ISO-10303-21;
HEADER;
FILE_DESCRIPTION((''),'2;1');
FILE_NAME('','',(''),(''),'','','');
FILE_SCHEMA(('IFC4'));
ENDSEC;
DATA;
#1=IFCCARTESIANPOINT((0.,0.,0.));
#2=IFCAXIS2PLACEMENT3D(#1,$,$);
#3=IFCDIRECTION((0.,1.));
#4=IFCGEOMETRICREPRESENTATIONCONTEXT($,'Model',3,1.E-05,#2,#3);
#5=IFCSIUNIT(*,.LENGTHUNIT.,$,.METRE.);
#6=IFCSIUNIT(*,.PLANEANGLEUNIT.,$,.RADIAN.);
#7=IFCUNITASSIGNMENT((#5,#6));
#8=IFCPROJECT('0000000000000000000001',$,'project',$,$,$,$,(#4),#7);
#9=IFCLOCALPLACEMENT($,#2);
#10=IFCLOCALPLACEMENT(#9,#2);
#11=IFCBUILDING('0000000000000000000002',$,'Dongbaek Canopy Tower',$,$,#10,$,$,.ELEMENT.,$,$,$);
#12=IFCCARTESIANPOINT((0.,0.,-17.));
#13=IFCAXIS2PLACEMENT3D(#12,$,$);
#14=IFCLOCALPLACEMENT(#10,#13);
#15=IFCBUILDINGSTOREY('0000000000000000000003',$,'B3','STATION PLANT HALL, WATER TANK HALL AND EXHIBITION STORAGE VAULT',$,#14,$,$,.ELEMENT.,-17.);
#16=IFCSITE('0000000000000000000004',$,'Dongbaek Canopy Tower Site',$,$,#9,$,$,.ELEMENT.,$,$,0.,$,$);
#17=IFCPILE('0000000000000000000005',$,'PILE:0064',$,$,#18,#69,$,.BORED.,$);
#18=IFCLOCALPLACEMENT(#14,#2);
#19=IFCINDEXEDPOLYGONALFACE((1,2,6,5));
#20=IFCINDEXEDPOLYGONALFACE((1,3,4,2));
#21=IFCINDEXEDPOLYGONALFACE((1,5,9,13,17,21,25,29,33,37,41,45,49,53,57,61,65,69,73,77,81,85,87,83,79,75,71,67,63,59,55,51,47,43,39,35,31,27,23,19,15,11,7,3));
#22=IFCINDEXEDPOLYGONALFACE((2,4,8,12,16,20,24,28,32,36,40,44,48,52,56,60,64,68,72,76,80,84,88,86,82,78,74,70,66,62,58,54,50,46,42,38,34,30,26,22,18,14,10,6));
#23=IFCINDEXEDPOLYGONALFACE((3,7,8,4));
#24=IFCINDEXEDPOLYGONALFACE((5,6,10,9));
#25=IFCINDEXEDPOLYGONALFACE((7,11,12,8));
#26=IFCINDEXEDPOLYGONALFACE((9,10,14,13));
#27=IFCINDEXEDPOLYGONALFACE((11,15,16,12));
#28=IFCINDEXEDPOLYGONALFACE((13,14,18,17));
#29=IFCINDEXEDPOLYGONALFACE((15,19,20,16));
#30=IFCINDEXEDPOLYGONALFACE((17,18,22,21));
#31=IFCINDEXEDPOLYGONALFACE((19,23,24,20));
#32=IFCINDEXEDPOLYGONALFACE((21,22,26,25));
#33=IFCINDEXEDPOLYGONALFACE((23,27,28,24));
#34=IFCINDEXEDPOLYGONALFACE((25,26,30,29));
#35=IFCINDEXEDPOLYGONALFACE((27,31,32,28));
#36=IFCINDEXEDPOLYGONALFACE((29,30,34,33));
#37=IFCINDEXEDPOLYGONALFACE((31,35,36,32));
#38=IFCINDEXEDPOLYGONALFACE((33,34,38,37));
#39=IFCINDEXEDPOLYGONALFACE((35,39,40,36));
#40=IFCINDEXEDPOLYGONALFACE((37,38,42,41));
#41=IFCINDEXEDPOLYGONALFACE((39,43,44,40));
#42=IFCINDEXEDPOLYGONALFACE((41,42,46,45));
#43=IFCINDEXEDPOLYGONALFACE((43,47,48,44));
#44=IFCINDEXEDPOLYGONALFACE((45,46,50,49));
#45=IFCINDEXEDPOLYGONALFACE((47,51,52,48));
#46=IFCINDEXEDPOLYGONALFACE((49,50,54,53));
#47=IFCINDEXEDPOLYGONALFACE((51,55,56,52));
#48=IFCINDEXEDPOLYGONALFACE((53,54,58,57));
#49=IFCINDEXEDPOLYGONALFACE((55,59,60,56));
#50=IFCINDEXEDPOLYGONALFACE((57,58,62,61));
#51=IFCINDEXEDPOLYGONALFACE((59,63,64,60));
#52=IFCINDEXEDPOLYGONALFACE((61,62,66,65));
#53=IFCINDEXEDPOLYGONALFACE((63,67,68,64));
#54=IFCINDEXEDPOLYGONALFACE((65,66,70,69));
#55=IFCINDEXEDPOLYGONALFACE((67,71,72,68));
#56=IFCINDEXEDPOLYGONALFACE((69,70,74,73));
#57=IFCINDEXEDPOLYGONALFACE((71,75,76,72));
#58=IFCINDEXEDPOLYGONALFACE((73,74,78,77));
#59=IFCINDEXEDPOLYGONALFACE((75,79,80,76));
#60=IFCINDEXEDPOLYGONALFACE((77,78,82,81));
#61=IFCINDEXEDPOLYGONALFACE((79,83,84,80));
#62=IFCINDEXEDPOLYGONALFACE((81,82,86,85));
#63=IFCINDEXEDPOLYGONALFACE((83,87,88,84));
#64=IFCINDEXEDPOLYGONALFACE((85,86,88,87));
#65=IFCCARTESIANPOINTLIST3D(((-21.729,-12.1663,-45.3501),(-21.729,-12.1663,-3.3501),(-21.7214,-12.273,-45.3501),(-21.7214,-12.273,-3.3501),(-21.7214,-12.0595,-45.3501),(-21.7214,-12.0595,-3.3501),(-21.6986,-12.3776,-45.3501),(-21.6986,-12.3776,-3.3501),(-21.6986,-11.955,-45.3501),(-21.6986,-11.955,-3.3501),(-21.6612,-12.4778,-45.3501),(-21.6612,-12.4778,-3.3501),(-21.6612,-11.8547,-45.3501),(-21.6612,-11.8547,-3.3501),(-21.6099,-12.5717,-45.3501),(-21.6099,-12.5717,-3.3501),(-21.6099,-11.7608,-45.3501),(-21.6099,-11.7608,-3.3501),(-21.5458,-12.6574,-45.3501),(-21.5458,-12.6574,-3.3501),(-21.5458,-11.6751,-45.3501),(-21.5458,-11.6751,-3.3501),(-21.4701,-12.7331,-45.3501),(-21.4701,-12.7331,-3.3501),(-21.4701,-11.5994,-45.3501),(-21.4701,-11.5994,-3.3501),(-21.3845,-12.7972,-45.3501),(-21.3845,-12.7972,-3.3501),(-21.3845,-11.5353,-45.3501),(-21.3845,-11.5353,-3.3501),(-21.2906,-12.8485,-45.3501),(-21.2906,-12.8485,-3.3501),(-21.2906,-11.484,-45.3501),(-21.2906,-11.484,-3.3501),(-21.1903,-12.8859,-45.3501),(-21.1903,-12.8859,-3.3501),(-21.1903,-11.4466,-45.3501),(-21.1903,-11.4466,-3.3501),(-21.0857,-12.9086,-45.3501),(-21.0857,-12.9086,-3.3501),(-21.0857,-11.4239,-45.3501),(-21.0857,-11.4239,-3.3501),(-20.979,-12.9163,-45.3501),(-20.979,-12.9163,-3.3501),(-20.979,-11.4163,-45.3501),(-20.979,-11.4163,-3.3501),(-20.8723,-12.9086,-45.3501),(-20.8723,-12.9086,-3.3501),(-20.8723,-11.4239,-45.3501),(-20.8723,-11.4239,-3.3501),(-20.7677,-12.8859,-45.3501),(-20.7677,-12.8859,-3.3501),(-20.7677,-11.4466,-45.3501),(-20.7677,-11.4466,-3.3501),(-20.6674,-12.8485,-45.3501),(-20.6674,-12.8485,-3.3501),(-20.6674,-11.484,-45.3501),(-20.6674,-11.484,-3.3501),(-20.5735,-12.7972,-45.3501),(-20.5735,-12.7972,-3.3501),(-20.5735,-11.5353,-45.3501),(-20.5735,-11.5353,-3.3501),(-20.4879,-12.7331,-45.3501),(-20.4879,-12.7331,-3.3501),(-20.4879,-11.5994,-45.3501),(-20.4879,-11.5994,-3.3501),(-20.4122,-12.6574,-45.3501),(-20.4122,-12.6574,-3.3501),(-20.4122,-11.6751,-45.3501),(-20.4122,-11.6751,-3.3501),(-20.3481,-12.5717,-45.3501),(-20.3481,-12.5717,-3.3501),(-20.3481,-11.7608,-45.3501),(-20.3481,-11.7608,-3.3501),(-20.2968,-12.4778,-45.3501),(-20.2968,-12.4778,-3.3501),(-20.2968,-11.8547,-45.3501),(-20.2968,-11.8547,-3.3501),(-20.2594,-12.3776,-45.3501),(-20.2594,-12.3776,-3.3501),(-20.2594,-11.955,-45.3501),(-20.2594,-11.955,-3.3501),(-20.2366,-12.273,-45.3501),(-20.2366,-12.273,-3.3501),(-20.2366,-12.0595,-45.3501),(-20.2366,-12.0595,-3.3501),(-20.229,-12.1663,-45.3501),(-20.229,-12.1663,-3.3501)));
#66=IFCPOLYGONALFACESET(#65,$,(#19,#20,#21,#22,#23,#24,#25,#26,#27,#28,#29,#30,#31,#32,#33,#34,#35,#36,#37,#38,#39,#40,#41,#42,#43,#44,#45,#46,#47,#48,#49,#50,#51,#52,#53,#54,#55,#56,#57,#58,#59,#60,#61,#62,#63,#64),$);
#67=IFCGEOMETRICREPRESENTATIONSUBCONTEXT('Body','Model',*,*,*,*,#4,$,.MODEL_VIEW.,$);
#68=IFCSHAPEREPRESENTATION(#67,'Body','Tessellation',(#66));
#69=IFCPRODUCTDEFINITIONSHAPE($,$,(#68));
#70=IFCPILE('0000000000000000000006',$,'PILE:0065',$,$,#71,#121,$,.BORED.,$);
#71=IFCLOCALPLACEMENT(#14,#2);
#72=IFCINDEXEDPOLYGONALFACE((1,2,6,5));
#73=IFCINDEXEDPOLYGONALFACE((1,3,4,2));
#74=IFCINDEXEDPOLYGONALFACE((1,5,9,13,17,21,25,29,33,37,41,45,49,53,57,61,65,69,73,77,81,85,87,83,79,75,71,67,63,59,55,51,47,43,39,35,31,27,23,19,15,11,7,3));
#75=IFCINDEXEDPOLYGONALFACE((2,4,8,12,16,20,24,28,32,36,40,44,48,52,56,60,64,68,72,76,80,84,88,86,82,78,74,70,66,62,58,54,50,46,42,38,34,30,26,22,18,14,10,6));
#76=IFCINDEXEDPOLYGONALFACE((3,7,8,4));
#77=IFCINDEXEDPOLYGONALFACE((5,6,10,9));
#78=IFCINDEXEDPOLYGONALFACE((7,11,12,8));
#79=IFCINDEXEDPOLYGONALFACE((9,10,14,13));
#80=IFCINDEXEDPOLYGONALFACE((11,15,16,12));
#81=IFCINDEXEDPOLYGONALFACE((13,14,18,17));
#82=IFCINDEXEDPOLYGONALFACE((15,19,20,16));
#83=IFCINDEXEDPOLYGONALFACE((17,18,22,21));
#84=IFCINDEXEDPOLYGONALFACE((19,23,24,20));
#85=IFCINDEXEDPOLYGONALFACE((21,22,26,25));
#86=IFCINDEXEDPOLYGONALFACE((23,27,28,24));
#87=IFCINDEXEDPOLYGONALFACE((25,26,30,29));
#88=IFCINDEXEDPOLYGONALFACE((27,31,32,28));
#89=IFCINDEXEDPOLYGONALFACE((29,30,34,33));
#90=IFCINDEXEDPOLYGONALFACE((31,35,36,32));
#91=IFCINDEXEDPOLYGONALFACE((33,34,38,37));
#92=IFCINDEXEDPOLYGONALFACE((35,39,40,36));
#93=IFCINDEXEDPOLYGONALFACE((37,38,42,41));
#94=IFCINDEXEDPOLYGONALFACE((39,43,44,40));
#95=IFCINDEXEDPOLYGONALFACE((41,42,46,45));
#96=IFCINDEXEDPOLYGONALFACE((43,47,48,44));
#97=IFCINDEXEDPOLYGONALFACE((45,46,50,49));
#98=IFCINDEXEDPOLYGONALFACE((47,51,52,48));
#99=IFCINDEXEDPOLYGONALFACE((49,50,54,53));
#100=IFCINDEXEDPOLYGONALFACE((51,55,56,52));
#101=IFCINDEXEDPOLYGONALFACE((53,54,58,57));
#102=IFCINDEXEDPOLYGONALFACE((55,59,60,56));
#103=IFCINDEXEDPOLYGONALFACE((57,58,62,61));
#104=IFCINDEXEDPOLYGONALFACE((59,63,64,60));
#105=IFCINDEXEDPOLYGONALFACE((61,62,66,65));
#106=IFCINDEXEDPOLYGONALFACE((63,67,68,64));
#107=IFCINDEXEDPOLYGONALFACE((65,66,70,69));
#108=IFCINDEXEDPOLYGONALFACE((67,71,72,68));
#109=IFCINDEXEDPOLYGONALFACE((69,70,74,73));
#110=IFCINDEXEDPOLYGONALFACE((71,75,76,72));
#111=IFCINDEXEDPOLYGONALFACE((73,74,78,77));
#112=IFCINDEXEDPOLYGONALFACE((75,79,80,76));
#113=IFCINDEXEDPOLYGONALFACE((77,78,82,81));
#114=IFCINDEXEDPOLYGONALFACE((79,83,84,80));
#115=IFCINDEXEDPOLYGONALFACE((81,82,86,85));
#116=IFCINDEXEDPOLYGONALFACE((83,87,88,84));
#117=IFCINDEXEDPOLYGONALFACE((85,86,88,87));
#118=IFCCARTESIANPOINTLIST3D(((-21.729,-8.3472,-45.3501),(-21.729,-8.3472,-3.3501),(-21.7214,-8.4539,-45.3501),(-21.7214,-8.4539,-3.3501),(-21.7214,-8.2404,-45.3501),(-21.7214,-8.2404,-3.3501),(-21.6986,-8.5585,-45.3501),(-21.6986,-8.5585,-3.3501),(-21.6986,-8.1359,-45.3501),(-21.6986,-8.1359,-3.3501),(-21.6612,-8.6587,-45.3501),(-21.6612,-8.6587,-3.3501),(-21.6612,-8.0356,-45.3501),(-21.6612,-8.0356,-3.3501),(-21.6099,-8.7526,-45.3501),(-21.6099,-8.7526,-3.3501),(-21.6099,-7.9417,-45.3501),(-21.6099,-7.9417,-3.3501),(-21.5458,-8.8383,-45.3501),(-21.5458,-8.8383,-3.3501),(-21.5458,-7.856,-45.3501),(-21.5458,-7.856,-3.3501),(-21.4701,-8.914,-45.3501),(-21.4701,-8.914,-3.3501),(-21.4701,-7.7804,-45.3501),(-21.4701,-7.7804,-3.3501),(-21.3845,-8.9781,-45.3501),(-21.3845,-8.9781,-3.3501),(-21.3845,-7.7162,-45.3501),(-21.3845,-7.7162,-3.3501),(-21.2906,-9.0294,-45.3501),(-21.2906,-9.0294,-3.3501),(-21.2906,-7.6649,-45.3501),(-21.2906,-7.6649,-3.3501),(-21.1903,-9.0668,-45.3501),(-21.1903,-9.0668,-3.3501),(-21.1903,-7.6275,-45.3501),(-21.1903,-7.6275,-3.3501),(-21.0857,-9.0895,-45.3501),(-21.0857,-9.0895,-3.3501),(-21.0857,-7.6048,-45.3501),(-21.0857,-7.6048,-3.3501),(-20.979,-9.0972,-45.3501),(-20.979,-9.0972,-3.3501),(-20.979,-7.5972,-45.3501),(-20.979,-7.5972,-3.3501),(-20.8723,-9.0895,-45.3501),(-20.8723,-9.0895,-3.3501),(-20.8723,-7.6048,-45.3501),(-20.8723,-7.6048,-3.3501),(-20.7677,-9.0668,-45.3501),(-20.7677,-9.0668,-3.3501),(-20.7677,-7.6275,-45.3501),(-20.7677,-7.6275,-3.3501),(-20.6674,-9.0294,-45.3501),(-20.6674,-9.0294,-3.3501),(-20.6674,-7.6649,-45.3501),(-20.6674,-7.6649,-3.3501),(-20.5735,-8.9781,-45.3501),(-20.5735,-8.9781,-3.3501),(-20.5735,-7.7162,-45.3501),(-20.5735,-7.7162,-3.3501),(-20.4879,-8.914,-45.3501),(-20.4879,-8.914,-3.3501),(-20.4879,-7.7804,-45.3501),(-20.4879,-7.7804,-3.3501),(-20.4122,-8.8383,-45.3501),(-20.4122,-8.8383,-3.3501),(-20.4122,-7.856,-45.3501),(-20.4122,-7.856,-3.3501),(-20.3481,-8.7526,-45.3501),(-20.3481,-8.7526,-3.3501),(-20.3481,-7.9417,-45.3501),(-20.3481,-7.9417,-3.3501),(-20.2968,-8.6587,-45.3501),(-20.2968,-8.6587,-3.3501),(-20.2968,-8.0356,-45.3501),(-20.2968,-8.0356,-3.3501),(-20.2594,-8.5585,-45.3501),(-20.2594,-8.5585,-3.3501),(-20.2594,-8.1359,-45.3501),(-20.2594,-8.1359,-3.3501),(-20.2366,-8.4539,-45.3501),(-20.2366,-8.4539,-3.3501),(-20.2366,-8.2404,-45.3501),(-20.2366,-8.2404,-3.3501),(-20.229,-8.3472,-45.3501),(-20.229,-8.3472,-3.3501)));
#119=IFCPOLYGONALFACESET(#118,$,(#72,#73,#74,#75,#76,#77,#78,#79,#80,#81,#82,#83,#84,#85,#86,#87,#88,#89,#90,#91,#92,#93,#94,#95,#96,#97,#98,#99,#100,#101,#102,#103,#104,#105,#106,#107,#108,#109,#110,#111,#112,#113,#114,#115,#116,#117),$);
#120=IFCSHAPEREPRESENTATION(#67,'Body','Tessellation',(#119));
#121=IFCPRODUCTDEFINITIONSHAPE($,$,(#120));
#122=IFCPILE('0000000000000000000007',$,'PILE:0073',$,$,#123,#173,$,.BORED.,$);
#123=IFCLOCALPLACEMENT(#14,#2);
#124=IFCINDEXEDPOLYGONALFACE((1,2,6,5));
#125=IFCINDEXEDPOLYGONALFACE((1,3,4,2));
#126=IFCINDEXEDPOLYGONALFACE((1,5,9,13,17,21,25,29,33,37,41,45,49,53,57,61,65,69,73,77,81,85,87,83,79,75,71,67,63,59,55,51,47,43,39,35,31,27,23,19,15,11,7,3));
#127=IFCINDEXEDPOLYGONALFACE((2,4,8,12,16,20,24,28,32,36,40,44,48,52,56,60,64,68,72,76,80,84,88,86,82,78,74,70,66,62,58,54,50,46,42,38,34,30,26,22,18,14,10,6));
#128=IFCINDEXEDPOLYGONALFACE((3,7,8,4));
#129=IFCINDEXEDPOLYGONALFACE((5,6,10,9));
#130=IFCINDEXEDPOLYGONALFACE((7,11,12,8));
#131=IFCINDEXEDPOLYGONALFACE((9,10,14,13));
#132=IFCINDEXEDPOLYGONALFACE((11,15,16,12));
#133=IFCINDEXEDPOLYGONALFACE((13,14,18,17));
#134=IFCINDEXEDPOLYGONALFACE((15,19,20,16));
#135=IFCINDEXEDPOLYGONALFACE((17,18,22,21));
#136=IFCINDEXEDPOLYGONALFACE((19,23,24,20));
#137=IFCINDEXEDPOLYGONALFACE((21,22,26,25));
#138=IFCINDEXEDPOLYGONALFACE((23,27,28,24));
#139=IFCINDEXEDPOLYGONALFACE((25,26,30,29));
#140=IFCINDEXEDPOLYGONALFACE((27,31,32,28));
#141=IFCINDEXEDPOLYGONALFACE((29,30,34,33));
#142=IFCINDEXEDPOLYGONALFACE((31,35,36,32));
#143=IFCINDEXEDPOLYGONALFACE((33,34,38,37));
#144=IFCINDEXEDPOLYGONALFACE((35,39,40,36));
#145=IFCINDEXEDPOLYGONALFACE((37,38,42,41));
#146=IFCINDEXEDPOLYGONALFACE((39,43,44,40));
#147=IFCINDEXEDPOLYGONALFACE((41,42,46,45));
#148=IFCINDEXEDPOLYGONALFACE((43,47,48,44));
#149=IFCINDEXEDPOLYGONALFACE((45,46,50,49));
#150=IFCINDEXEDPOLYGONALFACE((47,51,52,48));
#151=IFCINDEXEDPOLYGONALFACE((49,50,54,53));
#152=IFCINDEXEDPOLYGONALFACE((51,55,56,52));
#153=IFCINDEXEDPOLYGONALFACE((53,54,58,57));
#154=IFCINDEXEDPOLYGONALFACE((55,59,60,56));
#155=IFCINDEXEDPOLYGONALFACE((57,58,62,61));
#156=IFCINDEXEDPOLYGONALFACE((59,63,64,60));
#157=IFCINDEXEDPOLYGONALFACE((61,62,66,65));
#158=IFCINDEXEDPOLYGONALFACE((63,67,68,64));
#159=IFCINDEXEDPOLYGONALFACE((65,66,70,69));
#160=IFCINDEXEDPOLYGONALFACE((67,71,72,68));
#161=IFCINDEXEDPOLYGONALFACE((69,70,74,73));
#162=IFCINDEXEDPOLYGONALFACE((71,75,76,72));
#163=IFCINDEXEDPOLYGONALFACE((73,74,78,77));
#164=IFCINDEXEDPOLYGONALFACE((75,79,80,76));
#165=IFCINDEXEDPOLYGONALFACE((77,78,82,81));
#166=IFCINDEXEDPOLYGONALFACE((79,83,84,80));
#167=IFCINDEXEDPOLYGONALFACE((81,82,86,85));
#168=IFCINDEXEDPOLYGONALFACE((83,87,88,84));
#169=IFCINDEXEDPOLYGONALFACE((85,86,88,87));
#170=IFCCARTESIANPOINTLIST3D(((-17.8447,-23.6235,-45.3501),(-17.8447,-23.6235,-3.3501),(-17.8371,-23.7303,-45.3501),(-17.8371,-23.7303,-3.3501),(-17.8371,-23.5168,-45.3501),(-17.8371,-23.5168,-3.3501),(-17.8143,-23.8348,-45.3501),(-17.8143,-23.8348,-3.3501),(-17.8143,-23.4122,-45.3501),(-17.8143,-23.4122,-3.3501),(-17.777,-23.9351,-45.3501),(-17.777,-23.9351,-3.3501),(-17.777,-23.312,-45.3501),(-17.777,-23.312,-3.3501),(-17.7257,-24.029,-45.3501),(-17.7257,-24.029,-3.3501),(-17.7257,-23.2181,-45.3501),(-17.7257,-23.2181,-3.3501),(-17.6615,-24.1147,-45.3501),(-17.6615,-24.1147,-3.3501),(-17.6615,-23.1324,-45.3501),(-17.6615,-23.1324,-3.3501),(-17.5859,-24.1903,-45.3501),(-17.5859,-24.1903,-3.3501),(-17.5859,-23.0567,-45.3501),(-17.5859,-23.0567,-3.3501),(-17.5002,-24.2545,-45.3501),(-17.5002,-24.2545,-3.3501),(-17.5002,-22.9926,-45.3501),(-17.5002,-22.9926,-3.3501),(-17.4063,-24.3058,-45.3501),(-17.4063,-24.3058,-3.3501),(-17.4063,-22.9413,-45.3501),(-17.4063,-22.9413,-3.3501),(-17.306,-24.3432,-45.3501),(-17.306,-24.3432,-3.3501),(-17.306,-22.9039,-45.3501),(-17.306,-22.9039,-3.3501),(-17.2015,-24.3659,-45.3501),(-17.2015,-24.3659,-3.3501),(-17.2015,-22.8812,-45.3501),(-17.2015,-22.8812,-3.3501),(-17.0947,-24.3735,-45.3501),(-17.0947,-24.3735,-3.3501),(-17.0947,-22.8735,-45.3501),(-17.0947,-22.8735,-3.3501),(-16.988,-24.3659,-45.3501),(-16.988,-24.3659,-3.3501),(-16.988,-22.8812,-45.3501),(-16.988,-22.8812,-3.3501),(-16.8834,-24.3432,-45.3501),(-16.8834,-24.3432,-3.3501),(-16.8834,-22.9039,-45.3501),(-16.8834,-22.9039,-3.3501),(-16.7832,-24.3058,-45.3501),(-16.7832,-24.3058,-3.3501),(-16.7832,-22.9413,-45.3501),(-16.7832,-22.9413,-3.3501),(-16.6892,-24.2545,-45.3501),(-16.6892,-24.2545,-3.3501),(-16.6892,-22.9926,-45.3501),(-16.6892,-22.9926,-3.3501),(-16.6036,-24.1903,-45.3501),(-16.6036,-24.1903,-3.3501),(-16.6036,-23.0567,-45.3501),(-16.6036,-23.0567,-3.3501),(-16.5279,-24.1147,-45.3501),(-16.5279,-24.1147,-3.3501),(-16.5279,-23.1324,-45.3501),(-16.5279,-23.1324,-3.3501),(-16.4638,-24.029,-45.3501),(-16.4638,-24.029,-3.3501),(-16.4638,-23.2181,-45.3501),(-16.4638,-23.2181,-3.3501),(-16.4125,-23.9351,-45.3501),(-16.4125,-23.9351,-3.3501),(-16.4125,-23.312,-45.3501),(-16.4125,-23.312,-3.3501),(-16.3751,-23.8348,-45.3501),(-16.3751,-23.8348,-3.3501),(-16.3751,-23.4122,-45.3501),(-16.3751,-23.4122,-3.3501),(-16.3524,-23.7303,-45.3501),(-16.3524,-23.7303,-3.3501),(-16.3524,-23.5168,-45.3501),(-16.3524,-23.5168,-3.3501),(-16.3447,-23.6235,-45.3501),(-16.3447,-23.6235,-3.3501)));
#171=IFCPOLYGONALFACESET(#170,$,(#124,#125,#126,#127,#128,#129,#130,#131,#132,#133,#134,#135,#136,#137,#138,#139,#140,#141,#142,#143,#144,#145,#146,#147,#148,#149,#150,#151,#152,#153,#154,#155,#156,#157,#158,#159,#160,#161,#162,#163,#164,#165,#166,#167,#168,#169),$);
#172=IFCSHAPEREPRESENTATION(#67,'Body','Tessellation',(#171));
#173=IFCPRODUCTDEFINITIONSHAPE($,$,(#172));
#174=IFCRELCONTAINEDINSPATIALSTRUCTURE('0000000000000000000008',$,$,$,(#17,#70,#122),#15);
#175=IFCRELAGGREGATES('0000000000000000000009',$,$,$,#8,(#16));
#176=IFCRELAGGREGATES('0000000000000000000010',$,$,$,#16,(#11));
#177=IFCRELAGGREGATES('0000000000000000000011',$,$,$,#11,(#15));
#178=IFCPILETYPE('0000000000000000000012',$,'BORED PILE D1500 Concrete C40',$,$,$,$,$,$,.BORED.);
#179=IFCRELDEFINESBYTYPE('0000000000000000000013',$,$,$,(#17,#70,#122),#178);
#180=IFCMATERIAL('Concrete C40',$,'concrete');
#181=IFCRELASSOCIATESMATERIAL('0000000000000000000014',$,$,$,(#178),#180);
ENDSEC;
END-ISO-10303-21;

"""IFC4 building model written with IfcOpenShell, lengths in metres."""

from ifc_helpers import new_model, si_unit, direction, frame, origin, origin_2d, place, context, subcontext, project, spatial, circle, extrude, material, material_profile, profile_set, type_object, element, save


model = new_model("IFC4")

# Units and contexts
model_context = context("Model", 3, precision=1e-05, world=origin(), true_north=direction((0.0, 1.0)))
body_context = subcontext(model_context, "Body", "Model", "MODEL_VIEW")
ifc_project = project(units=[si_unit("LENGTHUNIT", "METRE"), si_unit("PLANEANGLEUNIT", "RADIAN")], contexts=[model_context])

# Site, building, storey
site_placement = place(None, origin())
site = spatial("IfcSite", under=ifc_project, at=site_placement, Name="Dongbaek Canopy Tower Site", CompositionType="ELEMENT", RefElevation=0.0)
building_placement = place(site_placement, origin())
building = spatial("IfcBuilding", under=site, at=building_placement, Name="Dongbaek Canopy Tower", CompositionType="ELEMENT")
storey_placement = place(building_placement, frame((0.0, 0.0, -17.0)))
storey = spatial("IfcBuildingStorey", under=building, at=storey_placement, Name="B3", Description="STATION PLANT HALL, WATER TANK HALL AND EXHIBITION STORAGE VAULT", CompositionType="ELEMENT", Elevation=-17.0)

# Piles
ifc_material_1 = material(Name="Concrete C40", Category="concrete")
ifc_material_profile_1 = material_profile(ifc_material_1, circle(Radius=0.75, at=origin_2d()), Name="BORED PILE D1500 Concrete C40")
ifc_profile_set_1 = profile_set([ifc_material_profile_1], Name="Concrete C40")
pile_type = type_object("IfcPileType", Name="BORED PILE D1500 Concrete C40", PredefinedType="BORED", material=ifc_profile_set_1)
for number, where, z_axis, x_axis, name in (
    (1, (-20.979, -12.1663, -3.3501), (0.0, 0.0, -1.0), (1.0, 0.0, 0.0), "PILE:0064"),
    (2, (-20.979, -8.3472, -3.3501), (0.0, 0.0, -1.0), (1.0, 0.0, 0.0), "PILE:0065"),
    (3, (-17.0947, -23.6235, -3.3501), (0.0, 0.0, -1.0), (1.0, 0.0, 0.0), "PILE:0073"),
):
    element("IfcPile", number, at=place(storey_placement, frame(where, z_axis=z_axis, x_axis=x_axis)), inside=storey, type_object=pile_type, Name=name, PredefinedType="BORED", context=body_context, shape_type="SweptSolid", body=[
        extrude(circle(Radius=0.75, at=origin_2d()), origin(), (0.0, 0.0, 1.0), 42.0),
    ])

save(model, "model.ifc")
